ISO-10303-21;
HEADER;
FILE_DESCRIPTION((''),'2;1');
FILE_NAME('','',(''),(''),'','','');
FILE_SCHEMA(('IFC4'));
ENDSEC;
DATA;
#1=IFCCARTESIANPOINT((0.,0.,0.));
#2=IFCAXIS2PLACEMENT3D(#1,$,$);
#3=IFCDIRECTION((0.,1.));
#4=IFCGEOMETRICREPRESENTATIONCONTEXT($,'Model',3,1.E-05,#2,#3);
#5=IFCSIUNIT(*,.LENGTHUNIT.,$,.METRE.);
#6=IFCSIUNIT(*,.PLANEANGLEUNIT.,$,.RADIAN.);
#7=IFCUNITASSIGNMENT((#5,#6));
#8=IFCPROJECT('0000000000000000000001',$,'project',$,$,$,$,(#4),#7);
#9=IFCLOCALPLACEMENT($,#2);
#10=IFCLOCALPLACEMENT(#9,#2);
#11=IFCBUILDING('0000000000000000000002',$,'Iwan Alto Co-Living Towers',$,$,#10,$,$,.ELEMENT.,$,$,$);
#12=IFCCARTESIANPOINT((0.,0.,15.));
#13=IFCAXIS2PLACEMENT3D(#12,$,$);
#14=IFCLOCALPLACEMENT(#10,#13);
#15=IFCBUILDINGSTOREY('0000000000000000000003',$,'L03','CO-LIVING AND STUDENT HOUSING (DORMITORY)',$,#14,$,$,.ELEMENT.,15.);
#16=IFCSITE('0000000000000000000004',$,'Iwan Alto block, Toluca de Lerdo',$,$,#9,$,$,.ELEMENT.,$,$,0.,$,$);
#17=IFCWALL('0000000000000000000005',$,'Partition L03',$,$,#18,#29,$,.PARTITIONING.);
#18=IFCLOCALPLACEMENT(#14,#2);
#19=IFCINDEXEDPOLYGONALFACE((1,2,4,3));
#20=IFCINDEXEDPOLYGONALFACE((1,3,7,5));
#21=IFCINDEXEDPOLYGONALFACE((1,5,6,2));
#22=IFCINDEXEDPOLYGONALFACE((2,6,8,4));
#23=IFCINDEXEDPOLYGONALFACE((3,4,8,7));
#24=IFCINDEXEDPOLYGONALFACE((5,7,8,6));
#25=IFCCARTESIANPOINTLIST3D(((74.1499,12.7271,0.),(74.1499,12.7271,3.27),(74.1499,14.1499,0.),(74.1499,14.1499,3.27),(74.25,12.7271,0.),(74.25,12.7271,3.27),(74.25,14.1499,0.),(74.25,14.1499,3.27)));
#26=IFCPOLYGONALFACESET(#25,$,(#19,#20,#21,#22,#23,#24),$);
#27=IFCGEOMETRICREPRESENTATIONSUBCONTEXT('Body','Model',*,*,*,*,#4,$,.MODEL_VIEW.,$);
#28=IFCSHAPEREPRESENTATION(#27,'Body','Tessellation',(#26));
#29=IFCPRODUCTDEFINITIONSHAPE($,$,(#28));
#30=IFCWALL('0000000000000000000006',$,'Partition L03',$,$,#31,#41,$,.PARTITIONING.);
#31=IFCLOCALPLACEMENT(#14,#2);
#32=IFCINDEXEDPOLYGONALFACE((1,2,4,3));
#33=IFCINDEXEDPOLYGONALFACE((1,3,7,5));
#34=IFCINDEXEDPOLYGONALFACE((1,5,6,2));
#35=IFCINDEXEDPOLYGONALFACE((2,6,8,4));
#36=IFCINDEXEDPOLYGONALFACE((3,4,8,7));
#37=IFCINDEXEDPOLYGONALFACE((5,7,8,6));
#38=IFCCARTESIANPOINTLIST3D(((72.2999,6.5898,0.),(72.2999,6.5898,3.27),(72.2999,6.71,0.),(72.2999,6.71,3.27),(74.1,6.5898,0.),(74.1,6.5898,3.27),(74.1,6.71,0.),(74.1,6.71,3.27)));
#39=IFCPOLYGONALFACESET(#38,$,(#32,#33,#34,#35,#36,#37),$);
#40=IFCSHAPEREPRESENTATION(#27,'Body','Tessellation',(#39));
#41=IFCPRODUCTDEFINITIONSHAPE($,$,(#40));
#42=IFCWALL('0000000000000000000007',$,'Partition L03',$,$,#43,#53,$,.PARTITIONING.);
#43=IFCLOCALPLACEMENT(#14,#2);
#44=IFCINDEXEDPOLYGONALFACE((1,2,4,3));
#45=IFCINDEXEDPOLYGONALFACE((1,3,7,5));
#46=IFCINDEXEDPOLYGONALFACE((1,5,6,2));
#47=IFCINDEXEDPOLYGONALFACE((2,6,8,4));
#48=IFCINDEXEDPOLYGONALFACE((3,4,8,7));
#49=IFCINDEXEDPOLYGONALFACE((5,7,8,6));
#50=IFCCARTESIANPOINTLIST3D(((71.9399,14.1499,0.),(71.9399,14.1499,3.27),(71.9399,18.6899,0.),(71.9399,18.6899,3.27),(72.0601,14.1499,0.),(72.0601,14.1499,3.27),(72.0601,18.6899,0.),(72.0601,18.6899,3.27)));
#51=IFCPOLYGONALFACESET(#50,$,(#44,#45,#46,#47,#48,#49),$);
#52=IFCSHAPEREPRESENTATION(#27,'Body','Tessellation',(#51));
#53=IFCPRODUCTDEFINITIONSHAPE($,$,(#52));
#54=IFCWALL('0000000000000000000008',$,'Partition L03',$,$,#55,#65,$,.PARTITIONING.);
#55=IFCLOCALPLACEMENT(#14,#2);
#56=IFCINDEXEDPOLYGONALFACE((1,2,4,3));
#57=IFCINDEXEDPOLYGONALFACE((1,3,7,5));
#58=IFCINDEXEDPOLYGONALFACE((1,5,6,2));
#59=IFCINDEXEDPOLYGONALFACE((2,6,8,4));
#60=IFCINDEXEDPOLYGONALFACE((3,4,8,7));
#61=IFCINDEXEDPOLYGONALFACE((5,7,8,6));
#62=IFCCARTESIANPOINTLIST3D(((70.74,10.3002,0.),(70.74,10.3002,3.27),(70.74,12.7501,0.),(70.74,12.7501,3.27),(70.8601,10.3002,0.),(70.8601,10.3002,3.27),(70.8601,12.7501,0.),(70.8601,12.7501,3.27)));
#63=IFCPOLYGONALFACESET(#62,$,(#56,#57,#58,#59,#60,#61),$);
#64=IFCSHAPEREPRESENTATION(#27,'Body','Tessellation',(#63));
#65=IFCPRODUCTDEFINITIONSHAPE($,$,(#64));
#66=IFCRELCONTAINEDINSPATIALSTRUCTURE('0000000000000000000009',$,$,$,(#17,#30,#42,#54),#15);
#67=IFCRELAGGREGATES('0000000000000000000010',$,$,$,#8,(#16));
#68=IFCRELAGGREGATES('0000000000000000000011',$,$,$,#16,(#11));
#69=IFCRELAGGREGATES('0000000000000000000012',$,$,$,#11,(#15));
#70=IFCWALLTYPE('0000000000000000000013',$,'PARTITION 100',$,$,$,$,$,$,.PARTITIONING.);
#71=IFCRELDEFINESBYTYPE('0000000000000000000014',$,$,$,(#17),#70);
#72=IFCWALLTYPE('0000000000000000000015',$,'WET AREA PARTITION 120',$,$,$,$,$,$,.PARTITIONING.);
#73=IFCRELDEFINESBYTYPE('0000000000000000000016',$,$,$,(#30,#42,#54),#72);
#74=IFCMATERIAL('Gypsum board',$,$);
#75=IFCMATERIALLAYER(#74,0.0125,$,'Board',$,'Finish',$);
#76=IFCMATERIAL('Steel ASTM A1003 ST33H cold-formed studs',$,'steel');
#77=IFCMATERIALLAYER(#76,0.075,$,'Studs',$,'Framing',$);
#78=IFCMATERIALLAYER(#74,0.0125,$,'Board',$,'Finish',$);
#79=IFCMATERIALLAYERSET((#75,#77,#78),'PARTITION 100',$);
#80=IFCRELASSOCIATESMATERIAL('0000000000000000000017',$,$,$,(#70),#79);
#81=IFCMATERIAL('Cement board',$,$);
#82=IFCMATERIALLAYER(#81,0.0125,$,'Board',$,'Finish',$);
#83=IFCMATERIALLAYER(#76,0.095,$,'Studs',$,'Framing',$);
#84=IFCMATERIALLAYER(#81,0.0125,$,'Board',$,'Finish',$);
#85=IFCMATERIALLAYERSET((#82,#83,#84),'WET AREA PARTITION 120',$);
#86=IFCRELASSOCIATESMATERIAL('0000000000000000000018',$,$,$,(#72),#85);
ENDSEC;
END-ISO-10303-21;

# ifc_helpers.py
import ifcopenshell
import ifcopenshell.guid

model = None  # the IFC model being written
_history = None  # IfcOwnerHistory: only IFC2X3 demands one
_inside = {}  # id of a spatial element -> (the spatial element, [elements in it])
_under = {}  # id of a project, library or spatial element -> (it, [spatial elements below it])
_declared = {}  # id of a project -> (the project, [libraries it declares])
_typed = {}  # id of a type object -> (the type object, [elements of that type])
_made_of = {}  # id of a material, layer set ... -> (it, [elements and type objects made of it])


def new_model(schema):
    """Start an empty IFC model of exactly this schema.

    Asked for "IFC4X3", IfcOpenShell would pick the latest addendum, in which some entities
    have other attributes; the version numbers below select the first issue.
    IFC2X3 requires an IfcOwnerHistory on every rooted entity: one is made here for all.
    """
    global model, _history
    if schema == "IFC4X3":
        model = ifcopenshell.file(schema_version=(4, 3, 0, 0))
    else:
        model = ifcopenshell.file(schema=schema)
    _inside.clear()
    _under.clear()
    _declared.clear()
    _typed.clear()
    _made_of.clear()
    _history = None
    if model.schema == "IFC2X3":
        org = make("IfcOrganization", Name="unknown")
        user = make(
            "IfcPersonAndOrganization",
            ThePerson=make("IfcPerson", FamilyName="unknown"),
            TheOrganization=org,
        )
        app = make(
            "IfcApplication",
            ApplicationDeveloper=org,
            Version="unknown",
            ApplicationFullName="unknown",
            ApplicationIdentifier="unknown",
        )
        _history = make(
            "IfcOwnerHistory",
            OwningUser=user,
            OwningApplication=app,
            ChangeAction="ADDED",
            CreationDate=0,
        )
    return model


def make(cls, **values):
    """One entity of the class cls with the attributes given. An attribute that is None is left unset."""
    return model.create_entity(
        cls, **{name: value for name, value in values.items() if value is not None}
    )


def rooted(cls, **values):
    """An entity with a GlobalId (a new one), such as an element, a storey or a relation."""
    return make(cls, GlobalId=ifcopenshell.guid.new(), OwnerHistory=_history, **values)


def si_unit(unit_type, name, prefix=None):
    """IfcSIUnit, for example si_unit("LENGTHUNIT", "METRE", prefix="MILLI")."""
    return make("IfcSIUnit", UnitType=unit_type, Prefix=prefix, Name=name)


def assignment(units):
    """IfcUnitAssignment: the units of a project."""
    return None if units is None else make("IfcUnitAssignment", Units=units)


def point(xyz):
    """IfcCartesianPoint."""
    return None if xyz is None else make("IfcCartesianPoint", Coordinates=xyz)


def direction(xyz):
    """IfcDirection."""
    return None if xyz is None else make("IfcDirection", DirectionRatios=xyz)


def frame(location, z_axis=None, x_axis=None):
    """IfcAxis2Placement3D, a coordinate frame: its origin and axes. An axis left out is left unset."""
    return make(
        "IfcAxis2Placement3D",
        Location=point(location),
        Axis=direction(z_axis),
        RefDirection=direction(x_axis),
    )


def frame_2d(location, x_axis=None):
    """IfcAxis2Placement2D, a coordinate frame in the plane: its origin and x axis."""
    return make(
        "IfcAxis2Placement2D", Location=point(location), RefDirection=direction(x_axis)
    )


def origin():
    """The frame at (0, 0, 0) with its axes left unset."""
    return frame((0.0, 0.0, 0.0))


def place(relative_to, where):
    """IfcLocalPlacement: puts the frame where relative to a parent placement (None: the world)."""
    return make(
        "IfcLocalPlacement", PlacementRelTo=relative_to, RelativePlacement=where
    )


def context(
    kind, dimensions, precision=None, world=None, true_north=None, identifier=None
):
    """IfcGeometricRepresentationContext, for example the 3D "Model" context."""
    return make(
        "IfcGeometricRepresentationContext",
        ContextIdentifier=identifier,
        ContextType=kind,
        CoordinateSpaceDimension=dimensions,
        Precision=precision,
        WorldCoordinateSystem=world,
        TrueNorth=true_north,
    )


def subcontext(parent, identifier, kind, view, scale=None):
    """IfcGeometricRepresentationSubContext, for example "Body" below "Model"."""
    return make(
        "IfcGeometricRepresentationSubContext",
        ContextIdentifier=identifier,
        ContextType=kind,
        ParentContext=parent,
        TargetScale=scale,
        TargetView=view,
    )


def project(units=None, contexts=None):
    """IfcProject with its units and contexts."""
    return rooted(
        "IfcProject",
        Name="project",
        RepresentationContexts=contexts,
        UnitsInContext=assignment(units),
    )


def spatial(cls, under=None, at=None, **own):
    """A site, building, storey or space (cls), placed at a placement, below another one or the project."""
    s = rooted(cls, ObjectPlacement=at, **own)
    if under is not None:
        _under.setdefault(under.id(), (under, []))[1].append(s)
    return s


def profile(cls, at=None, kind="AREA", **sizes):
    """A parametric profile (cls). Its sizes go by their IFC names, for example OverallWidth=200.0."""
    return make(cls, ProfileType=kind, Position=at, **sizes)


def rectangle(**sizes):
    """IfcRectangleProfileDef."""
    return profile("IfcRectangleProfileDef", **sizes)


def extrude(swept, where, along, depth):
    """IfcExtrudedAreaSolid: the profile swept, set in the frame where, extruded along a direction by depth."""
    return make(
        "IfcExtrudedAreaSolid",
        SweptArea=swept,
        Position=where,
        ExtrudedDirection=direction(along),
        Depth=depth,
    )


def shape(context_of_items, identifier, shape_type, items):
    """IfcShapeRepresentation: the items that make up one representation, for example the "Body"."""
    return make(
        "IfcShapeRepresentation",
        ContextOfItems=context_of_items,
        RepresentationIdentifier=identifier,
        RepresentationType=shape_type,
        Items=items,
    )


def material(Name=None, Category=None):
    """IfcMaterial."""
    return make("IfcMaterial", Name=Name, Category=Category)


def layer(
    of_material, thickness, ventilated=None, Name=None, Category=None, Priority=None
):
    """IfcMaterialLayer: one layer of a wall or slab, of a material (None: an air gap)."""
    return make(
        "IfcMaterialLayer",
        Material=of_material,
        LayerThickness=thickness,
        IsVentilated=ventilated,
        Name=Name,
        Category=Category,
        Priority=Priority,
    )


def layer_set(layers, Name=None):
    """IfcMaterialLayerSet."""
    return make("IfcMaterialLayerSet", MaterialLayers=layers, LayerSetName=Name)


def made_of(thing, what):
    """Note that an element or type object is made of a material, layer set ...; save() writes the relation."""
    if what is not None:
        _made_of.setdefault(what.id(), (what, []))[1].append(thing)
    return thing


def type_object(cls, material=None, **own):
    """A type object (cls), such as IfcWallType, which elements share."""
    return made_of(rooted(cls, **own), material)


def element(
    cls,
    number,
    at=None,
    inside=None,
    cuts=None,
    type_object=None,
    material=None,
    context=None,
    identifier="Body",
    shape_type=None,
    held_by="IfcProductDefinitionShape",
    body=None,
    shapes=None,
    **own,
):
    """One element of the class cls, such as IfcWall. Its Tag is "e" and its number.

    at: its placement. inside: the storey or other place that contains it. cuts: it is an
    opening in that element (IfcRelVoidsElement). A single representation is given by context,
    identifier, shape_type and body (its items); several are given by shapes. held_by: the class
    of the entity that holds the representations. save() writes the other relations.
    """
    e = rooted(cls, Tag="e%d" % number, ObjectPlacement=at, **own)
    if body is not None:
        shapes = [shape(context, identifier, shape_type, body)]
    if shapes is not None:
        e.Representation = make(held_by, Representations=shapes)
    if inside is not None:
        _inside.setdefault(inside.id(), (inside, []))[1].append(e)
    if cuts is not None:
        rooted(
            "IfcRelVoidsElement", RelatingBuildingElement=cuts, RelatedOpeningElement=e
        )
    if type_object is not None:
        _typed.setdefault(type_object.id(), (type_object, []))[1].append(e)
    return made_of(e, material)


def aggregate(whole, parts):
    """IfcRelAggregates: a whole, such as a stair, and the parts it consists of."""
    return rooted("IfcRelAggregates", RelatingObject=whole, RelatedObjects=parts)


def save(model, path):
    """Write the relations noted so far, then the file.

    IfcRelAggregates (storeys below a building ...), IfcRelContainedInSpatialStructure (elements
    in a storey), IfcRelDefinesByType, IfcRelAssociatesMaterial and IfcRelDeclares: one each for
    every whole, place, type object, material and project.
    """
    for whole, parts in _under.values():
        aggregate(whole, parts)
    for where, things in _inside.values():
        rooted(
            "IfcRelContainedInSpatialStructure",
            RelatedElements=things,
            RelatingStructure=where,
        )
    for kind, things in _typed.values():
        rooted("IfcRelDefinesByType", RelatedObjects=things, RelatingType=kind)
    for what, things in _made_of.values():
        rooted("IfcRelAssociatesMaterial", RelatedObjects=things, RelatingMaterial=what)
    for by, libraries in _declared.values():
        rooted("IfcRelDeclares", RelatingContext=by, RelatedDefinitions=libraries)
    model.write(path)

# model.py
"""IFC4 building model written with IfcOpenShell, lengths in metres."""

from ifc_helpers import new_model, si_unit, direction, frame, frame_2d, origin, place, context, subcontext, project, spatial, rectangle, extrude, material, layer, layer_set, type_object, element, save


model = new_model("IFC4")

# Units and contexts
model_context = context("Model", 3, precision=1e-05, world=origin(), true_north=direction((0.0, 1.0)))
body_context = subcontext(model_context, "Body", "Model", "MODEL_VIEW")
ifc_project = project(units=[si_unit("LENGTHUNIT", "METRE"), si_unit("PLANEANGLEUNIT", "RADIAN")], contexts=[model_context])

# Site, building, storey
site_placement = place(None, origin())
site = spatial("IfcSite", under=ifc_project, at=site_placement, Name="Iwan Alto block, Toluca de Lerdo", CompositionType="ELEMENT", RefElevation=0.0)
building_placement = place(site_placement, origin())
building = spatial("IfcBuilding", under=site, at=building_placement, Name="Iwan Alto Co-Living Towers", CompositionType="ELEMENT")
storey_placement = place(building_placement, frame((0.0, 0.0, 15.0)))
storey = spatial("IfcBuildingStorey", under=building, at=storey_placement, Name="L03", Description="CO-LIVING AND STUDENT HOUSING (DORMITORY)", CompositionType="ELEMENT", Elevation=15.0)

# Shared definitions
ifc_material_1 = material(Name="Gypsum board")
ifc_layer_1 = layer(ifc_material_1, 0.0125, Name="Board", Category="Finish")
ifc_material_2 = material(Name="Steel ASTM A1003 ST33H cold-formed studs", Category="steel")
ifc_layer_2 = layer(ifc_material_2, 0.075, Name="Studs", Category="Framing")
ifc_layer_3 = layer(ifc_material_1, 0.0125, Name="Board", Category="Finish")
ifc_layer_set_1 = layer_set([ifc_layer_1, ifc_layer_2, ifc_layer_3], Name="PARTITION 100")
wall_type_1 = type_object("IfcWallType", Name="PARTITION 100", PredefinedType="PARTITIONING", material=ifc_layer_set_1)

# Walls
wall_1_placement = place(storey_placement, frame((74.2, 12.7271, 0.0), z_axis=(0.0, 0.0, 1.0), x_axis=(0.0, 1.0, 0.0)))
element("IfcWall", 1, at=wall_1_placement, inside=storey, type_object=wall_type_1, Name="Partition L03", PredefinedType="PARTITIONING", context=body_context, shape_type="SweptSolid", body=[
    extrude(rectangle(XDim=1.4229, YDim=0.1001, at=frame_2d((0.7114, 0.0))), origin(), (0.0, 0.0, 1.0), 3.27),
])
ifc_material_3 = material(Name="Cement board")
ifc_layer_4 = layer(ifc_material_3, 0.0125, Name="Board", Category="Finish")
ifc_layer_5 = layer(ifc_material_2, 0.095, Name="Studs", Category="Framing")
ifc_layer_6 = layer(ifc_material_3, 0.0125, Name="Board", Category="Finish")
ifc_layer_set_2 = layer_set([ifc_layer_4, ifc_layer_5, ifc_layer_6], Name="WET AREA PARTITION 120")
wall_type_2 = type_object("IfcWallType", Name="WET AREA PARTITION 120", PredefinedType="PARTITIONING", material=ifc_layer_set_2)
wall_2_placement = place(storey_placement, frame((72.3, 6.6499, 0.0), z_axis=(0.0, 0.0, 1.0), x_axis=(1.0, 0.0, 0.0)))
element("IfcWall", 2, at=wall_2_placement, inside=storey, type_object=wall_type_2, Name="Partition L03", PredefinedType="PARTITIONING", context=body_context, shape_type="SweptSolid", body=[
    extrude(rectangle(XDim=1.8, YDim=0.1201, at=frame_2d((0.8999, 0.0))), origin(), (0.0, 0.0, 1.0), 3.27),
])
wall_3_placement = place(storey_placement, frame((72.0, 14.1499, 0.0), z_axis=(0.0, 0.0, 1.0), x_axis=(0.0, 1.0, 0.0)))
element("IfcWall", 3, at=wall_3_placement, inside=storey, type_object=wall_type_2, Name="Partition L03", PredefinedType="PARTITIONING", context=body_context, shape_type="SweptSolid", body=[
    extrude(rectangle(XDim=4.54, YDim=0.1201, at=frame_2d((2.27, 0.0))), origin(), (0.0, 0.0, 1.0), 3.27),
])
wall_4_placement = place(storey_placement, frame((70.8, 10.3, 0.0), z_axis=(0.0, 0.0, 1.0), x_axis=(0.0, 1.0, 0.0)))
element("IfcWall", 4, at=wall_4_placement, inside=storey, type_object=wall_type_2, Name="Partition L03", PredefinedType="PARTITIONING", context=body_context, shape_type="SweptSolid", body=[
    extrude(rectangle(XDim=2.45, YDim=0.1201, at=frame_2d((1.2251, 0.0))), origin(), (0.0, 0.0, 1.0), 3.27),
])

save(model, "model.ifc")
